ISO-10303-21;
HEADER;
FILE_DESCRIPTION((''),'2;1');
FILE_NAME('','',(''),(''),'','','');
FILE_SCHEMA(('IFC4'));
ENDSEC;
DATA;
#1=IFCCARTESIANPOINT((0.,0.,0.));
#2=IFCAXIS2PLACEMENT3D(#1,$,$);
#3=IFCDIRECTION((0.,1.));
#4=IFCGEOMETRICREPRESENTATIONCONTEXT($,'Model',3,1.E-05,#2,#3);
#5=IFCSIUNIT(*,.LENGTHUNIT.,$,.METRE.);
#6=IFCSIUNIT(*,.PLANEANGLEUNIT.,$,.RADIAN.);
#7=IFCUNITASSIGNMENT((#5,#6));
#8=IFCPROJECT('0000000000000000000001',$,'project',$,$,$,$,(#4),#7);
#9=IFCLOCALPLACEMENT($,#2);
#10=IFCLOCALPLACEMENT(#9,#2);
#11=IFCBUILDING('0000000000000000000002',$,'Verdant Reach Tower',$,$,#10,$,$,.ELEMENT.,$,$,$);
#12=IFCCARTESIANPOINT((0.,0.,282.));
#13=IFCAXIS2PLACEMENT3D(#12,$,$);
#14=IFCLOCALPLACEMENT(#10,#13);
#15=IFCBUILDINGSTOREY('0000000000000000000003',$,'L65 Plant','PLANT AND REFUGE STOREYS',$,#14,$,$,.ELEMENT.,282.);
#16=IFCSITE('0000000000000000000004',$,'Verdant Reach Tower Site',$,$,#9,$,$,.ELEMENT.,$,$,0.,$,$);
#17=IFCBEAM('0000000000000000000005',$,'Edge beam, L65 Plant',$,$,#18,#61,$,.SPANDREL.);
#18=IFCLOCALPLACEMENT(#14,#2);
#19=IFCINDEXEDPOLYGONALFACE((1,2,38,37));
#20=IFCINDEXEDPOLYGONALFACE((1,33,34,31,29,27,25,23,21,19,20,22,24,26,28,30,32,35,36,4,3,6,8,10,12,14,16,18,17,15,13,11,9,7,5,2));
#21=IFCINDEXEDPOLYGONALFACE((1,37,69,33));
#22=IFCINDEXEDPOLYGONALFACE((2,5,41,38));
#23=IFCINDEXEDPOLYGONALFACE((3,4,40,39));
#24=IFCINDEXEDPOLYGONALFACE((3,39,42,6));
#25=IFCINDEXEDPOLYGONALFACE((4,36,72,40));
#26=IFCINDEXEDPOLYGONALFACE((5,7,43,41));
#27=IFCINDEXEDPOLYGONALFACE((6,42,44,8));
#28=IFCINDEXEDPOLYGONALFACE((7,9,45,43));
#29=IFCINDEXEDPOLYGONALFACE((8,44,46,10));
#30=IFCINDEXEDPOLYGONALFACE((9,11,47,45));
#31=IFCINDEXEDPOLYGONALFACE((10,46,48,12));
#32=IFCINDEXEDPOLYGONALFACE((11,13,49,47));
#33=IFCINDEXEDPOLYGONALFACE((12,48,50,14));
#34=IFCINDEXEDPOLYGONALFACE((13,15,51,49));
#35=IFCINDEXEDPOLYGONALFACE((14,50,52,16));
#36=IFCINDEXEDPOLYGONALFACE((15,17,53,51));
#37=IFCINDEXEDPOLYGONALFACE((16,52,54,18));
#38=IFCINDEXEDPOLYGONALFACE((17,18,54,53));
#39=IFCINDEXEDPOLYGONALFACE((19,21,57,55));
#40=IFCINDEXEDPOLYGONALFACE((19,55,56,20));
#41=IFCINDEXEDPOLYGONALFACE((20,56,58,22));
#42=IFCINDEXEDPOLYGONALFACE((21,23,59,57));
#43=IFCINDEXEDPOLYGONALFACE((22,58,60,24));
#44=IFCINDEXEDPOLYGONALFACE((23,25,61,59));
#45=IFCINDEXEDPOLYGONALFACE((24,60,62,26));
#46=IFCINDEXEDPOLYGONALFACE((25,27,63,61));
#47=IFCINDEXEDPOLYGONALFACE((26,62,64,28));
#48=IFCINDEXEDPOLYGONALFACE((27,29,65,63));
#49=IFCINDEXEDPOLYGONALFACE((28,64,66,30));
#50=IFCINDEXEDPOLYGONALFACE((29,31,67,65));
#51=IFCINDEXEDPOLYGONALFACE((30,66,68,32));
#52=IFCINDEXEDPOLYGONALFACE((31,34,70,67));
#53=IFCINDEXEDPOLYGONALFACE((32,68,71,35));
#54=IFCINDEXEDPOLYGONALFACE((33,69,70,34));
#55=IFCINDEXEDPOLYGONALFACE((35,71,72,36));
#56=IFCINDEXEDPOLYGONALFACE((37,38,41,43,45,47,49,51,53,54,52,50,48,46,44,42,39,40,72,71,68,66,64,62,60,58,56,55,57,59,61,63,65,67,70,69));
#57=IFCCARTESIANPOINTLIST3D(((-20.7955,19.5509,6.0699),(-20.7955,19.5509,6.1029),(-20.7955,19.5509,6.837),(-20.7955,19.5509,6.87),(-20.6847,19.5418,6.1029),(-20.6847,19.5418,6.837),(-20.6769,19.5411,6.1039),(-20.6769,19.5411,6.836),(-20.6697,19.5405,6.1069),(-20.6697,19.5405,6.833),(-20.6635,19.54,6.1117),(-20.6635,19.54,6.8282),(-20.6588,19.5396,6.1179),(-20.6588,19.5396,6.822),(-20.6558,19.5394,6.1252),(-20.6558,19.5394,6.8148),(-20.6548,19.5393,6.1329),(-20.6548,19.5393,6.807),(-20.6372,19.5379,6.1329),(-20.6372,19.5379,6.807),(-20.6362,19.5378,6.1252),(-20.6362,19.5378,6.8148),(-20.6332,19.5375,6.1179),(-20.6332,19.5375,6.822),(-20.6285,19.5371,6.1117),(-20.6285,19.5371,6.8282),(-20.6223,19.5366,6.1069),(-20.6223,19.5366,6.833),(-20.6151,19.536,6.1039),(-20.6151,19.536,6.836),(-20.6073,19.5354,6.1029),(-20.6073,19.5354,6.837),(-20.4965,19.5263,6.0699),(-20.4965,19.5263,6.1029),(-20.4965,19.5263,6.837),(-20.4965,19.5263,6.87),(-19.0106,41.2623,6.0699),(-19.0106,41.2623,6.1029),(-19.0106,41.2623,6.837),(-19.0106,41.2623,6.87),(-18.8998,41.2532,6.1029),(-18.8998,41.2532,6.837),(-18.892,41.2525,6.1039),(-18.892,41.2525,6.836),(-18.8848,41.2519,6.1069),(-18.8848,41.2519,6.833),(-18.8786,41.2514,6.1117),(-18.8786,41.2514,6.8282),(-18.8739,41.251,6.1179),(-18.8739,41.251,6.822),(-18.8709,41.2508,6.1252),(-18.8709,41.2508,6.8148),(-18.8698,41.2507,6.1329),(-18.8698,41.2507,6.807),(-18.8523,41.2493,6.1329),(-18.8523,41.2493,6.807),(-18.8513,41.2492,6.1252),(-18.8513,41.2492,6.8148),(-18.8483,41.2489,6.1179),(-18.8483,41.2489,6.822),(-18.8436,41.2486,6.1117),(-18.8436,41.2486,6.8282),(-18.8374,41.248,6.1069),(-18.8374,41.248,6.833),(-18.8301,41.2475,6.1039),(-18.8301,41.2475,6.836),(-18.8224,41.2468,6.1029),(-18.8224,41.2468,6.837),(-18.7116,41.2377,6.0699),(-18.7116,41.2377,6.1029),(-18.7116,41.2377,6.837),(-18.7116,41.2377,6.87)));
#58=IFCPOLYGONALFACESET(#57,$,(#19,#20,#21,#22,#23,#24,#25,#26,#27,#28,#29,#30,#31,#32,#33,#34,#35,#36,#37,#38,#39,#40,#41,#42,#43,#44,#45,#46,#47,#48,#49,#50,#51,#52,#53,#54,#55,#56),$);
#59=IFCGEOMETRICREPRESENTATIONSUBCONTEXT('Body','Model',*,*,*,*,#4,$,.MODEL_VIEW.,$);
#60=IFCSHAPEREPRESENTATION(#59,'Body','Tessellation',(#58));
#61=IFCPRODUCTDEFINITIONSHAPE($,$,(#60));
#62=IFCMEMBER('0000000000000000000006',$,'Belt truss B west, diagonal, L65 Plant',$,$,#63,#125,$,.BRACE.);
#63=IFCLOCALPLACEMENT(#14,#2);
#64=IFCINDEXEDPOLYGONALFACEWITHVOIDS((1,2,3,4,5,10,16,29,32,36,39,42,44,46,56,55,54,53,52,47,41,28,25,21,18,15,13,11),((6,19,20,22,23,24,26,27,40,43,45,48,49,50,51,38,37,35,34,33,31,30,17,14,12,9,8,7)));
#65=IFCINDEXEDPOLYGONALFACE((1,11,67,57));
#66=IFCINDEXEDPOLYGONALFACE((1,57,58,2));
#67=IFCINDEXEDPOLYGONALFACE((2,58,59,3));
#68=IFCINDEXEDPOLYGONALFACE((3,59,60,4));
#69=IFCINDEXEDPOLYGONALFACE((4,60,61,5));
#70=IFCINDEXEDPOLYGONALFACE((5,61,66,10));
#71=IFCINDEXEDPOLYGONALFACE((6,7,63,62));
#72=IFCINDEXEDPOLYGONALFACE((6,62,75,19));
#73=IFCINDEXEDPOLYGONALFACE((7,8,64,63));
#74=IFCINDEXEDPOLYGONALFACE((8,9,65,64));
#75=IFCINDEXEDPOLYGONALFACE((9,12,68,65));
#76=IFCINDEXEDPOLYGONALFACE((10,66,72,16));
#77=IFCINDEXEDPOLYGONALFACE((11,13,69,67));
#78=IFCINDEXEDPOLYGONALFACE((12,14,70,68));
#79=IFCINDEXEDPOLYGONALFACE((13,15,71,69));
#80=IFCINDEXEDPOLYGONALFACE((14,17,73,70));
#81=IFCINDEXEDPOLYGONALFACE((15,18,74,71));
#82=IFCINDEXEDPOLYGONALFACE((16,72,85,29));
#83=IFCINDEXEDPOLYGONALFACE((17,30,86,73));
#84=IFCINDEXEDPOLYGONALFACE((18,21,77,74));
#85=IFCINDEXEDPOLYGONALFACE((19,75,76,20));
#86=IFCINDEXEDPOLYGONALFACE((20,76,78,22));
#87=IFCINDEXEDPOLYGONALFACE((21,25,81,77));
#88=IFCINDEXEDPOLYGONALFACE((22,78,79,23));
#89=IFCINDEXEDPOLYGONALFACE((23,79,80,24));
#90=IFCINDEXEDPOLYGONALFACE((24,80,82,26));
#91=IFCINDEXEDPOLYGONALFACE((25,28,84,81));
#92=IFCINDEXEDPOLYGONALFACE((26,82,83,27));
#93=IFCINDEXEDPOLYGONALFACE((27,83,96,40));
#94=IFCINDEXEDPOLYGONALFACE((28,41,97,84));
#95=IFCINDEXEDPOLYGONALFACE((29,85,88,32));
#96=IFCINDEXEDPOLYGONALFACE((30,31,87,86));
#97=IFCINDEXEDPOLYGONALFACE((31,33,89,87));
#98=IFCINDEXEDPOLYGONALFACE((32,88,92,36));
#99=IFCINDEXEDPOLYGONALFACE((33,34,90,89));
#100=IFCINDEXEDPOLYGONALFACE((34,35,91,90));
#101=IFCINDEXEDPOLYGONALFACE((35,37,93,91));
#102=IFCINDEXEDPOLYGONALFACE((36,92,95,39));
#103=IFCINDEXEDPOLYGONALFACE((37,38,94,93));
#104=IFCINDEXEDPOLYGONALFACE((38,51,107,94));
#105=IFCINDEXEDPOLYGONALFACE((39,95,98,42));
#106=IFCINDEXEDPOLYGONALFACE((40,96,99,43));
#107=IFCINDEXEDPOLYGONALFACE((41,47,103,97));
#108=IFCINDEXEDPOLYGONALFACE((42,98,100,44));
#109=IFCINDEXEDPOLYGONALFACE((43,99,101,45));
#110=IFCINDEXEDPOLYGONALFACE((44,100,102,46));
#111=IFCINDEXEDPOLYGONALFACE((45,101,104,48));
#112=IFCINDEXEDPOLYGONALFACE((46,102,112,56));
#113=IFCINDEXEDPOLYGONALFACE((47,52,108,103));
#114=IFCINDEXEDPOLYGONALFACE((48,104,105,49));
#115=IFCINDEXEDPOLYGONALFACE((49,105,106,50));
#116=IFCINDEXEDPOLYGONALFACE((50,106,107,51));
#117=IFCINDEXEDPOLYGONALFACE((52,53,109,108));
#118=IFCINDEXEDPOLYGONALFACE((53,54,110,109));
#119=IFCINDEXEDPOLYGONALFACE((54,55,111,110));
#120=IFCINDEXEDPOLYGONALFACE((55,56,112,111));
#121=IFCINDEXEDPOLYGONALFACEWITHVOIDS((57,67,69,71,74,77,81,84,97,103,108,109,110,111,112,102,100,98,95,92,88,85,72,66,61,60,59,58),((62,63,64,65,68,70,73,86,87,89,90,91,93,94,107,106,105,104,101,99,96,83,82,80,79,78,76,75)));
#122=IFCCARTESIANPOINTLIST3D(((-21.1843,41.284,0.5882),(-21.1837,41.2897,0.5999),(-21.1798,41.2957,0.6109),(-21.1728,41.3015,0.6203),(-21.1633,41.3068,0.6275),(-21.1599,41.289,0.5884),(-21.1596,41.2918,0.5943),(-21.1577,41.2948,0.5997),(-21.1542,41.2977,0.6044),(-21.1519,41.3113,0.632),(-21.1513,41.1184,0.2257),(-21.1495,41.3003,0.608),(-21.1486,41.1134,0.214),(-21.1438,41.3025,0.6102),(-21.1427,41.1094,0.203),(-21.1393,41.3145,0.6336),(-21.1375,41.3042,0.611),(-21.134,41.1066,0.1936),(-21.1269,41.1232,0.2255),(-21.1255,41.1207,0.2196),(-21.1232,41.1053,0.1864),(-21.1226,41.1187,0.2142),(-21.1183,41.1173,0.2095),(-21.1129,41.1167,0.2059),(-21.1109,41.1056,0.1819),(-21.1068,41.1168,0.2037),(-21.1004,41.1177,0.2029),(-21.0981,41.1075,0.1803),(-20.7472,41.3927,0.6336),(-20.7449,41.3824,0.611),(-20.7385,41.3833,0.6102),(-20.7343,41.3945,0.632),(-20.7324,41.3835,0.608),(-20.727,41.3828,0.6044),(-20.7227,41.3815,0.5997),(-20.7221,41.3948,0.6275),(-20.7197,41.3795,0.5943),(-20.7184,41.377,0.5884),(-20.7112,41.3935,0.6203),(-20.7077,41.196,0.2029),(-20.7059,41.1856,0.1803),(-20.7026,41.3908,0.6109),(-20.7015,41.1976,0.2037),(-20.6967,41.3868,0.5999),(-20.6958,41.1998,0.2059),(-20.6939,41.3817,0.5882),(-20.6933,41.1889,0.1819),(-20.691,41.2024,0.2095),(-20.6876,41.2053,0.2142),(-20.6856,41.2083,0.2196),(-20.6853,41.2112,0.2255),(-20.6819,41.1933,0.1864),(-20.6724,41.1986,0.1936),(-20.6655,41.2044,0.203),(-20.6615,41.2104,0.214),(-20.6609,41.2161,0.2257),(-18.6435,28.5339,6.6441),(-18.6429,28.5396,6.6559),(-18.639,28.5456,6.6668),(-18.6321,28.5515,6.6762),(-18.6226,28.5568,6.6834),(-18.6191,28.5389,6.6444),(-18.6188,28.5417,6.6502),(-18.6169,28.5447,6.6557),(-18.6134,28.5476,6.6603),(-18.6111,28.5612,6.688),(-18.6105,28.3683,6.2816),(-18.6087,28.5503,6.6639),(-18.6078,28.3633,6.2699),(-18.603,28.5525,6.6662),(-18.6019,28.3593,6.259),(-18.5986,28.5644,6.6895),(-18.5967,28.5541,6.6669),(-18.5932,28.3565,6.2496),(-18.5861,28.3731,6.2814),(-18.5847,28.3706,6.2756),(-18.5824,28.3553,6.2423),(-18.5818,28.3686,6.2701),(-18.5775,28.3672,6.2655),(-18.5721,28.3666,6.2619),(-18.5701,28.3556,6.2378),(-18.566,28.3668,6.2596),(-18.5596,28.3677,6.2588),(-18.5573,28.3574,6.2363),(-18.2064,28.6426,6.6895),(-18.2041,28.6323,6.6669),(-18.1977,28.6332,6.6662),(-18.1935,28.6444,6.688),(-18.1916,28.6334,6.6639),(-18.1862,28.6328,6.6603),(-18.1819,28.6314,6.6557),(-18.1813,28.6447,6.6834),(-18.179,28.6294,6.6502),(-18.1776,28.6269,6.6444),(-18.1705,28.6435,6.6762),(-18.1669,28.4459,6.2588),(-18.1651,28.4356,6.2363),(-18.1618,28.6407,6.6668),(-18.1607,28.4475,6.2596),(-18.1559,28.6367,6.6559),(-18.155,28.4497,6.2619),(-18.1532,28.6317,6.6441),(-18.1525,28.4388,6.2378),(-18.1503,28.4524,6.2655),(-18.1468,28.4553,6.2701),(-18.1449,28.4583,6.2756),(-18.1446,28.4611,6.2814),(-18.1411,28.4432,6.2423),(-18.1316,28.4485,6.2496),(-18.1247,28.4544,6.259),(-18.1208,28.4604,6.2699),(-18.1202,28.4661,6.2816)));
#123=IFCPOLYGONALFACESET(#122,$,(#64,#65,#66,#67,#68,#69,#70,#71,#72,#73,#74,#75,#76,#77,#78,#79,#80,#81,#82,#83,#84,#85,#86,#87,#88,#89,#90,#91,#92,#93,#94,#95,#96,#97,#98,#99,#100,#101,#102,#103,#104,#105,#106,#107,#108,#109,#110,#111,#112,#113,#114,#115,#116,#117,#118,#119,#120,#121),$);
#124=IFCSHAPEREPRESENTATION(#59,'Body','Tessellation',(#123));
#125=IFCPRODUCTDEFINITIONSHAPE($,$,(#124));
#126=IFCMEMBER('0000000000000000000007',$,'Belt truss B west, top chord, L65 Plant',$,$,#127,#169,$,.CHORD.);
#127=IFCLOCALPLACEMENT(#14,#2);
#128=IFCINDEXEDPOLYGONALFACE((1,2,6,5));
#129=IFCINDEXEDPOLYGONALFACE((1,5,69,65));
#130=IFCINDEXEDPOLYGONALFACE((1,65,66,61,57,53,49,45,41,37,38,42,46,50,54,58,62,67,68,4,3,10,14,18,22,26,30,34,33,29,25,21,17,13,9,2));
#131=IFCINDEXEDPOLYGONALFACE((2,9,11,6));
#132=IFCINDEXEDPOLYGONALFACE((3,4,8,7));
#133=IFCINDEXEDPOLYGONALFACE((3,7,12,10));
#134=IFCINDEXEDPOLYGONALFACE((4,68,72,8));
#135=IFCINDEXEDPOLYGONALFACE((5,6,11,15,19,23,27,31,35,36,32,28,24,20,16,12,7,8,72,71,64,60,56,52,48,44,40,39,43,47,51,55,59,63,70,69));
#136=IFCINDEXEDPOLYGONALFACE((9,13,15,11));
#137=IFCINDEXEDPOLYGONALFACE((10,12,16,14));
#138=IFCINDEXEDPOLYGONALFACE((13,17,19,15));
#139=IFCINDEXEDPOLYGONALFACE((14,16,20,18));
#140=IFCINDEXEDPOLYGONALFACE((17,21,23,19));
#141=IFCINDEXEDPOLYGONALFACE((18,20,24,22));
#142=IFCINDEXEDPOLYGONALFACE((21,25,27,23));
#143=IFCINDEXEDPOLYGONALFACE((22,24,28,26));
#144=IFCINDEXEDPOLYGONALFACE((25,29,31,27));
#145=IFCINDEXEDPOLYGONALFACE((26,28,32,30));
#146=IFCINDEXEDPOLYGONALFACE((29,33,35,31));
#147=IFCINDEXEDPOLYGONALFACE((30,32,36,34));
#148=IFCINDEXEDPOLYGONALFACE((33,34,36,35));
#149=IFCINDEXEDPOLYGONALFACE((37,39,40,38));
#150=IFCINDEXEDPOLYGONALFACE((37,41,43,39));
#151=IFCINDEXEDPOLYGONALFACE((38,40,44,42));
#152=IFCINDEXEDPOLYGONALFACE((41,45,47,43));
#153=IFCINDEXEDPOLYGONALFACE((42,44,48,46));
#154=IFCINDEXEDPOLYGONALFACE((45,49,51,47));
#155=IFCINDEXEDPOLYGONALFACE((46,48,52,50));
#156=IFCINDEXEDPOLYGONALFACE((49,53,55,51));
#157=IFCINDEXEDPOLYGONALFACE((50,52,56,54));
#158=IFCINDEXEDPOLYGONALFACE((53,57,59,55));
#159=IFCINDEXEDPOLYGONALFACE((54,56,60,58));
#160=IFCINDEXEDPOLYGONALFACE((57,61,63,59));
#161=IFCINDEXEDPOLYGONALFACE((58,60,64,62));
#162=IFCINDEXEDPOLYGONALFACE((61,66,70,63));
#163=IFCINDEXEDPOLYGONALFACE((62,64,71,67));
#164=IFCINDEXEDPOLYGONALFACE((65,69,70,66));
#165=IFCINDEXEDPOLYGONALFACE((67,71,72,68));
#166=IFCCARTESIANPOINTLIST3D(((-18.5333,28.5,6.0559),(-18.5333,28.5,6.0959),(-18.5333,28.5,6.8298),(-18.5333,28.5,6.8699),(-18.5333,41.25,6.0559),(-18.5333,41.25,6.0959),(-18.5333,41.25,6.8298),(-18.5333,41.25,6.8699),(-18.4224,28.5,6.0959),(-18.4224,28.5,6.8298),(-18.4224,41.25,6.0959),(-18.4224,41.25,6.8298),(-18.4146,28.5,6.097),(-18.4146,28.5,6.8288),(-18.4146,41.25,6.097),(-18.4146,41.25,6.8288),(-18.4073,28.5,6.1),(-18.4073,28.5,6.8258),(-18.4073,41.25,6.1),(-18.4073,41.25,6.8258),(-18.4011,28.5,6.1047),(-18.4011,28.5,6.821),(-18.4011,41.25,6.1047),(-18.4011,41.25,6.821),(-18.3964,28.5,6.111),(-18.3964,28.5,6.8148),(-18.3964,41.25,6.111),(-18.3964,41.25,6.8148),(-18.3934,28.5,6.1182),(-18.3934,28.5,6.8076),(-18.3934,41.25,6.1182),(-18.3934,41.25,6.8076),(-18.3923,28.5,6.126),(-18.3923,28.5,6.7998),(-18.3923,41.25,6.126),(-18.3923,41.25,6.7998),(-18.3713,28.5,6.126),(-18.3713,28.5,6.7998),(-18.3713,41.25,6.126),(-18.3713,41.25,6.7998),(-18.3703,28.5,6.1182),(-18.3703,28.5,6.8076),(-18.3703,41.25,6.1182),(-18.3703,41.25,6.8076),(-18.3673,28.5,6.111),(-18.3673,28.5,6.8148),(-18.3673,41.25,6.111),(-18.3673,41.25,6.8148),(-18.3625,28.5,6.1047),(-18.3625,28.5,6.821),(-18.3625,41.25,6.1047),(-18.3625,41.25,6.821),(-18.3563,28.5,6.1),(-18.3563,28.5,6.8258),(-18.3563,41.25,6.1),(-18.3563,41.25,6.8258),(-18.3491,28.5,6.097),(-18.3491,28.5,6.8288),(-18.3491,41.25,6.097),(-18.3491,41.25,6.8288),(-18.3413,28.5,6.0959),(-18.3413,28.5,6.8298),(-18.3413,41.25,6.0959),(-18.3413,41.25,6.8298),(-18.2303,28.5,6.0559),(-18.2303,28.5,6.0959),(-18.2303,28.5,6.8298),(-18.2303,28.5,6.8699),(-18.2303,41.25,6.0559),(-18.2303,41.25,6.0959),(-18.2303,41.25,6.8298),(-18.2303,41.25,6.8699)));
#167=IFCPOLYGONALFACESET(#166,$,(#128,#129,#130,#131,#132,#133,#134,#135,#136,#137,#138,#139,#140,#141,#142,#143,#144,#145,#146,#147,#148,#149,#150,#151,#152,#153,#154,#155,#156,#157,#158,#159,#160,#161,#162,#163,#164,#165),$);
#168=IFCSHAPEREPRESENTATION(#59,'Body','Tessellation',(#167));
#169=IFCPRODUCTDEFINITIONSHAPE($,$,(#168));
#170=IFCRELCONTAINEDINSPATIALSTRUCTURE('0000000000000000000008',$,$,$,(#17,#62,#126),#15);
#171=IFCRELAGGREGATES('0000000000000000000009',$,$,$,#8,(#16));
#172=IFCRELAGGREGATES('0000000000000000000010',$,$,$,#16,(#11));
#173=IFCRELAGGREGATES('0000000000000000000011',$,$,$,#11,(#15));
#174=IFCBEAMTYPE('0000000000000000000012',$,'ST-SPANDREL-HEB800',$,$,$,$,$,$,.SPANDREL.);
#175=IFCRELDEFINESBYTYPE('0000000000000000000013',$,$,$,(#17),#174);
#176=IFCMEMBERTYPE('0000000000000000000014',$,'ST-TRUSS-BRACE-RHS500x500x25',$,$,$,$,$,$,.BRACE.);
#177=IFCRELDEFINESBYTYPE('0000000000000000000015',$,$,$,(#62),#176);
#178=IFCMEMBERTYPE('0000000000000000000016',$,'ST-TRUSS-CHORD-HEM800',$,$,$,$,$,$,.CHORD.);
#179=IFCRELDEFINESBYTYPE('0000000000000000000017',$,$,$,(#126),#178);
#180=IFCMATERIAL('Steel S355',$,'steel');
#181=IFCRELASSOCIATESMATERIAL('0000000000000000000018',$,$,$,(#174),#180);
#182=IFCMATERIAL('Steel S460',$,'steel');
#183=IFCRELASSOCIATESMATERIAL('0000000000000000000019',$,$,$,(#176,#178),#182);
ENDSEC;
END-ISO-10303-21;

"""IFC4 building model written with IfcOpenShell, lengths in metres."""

from ifc_helpers import new_model, si_unit, direction, frame, origin, origin_2d, place, context, subcontext, project, spatial, hollow_rectangle, i_section, extrude, material, material_profile, profile_set, type_object, element, save


model = new_model("IFC4")

# Units and contexts
model_context = context("Model", 3, precision=1e-05, world=origin(), true_north=direction((0.0, 1.0)))
body_context = subcontext(model_context, "Body", "Model", "MODEL_VIEW")
ifc_project = project(units=[si_unit("LENGTHUNIT", "METRE"), si_unit("PLANEANGLEUNIT", "RADIAN")], contexts=[model_context])

# Site, building, storey
site_placement = place(None, origin())
site = spatial("IfcSite", under=ifc_project, at=site_placement, Name="Verdant Reach Tower Site", CompositionType="ELEMENT", RefElevation=0.0)
building_placement = place(site_placement, origin())
building = spatial("IfcBuilding", under=site, at=building_placement, Name="Verdant Reach Tower", CompositionType="ELEMENT")
storey_placement = place(building_placement, frame((0.0, 0.0, 282.0)))
storey = spatial("IfcBuildingStorey", under=building, at=storey_placement, Name="L65 Plant", Description="PLANT AND REFUGE STOREYS", CompositionType="ELEMENT", Elevation=282.0)

# Shared definitions
ifc_material_1 = material(Name="Steel S460", Category="steel")

# Beam
ifc_material_2 = material(Name="Steel S355", Category="steel")
ifc_material_profile_1 = material_profile(ifc_material_2, i_section(OverallWidth=0.3, OverallDepth=0.8, WebThickness=0.0176, FlangeThickness=0.033, FilletRadius=0.03, at=origin_2d()), Name="HEB 800")
ifc_profile_set_1 = profile_set([ifc_material_profile_1], Name="Steel S355")
beam_type = type_object("IfcBeamType", Name="ST-SPANDREL-HEB800", PredefinedType="SPANDREL", material=ifc_profile_set_1)
beam_placement = place(storey_placement, frame((-20.646, 19.5386, 6.47), z_axis=(0.081934, 0.996638, 0.0), x_axis=(-0.996638, 0.081934, 0.0)))
element("IfcBeam", 1, at=beam_placement, inside=storey, type_object=beam_type, Name="Edge beam, L65 Plant", PredefinedType="SPANDREL", context=body_context, shape_type="SweptSolid", body=[
    extrude(i_section(OverallWidth=0.3, OverallDepth=0.8, WebThickness=0.0176, FlangeThickness=0.033, FilletRadius=0.03, at=origin_2d()), origin(), (0.0, 0.0, 1.0), 21.7847),
])

# Members
ifc_material_profile_2 = material_profile(ifc_material_1, hollow_rectangle(XDim=0.5, YDim=0.5, WallThickness=0.0249, InnerFilletRadius=0.0249, OuterFilletRadius=0.05, at=origin_2d()), Name="RHS 500x500x25")
ifc_profile_set_2 = profile_set([ifc_material_profile_2], Name="Steel S460")
member_type_1 = type_object("IfcMemberType", Name="ST-TRUSS-BRACE-RHS500x500x25", PredefinedType="BRACE", material=ifc_profile_set_2)
member_1_placement = place(storey_placement, frame((-18.3818, 28.5, 6.4629), z_axis=(-0.177156, 0.888999, -0.422251), x_axis=(-0.980717, -0.195434, 0.0)))
element("IfcMember", 2, at=member_1_placement, inside=storey, type_object=member_type_1, Name="Belt truss B west, diagonal, L65 Plant", PredefinedType="BRACE", context=body_context, shape_type="SweptSolid", body=[
    extrude(hollow_rectangle(XDim=0.5, YDim=0.5, WallThickness=0.0249, InnerFilletRadius=0.0249, OuterFilletRadius=0.05, at=origin_2d()), origin(), (0.0, 0.0, 1.0), 14.342),
])
ifc_material_profile_3 = material_profile(ifc_material_1, i_section(OverallWidth=0.303, OverallDepth=0.814, WebThickness=0.021, FlangeThickness=0.04, FilletRadius=0.03, at=origin_2d()), Name="HEM 800")
ifc_profile_set_3 = profile_set([ifc_material_profile_3], Name="Steel S460")
member_type_2 = type_object("IfcMemberType", Name="ST-TRUSS-CHORD-HEM800", PredefinedType="CHORD", material=ifc_profile_set_3)
for number, where, z_axis, x_axis, name in (
    (3, (-18.3818, 28.5, 6.4629), (0.0, 1.0, 0.0), (-1.0, 0.0, 0.0), "Belt truss B west, top chord, L65 Plant"),
):
    element("IfcMember", number, at=place(storey_placement, frame(where, z_axis=z_axis, x_axis=x_axis)), inside=storey, type_object=member_type_2, Name=name, PredefinedType="CHORD", context=body_context, shape_type="SweptSolid", body=[
        extrude(i_section(OverallWidth=0.303, OverallDepth=0.814, WebThickness=0.021, FlangeThickness=0.04, FilletRadius=0.03, at=origin_2d()), origin(), (0.0, 0.0, 1.0), 12.75),
    ])

save(model, "model.ifc")
